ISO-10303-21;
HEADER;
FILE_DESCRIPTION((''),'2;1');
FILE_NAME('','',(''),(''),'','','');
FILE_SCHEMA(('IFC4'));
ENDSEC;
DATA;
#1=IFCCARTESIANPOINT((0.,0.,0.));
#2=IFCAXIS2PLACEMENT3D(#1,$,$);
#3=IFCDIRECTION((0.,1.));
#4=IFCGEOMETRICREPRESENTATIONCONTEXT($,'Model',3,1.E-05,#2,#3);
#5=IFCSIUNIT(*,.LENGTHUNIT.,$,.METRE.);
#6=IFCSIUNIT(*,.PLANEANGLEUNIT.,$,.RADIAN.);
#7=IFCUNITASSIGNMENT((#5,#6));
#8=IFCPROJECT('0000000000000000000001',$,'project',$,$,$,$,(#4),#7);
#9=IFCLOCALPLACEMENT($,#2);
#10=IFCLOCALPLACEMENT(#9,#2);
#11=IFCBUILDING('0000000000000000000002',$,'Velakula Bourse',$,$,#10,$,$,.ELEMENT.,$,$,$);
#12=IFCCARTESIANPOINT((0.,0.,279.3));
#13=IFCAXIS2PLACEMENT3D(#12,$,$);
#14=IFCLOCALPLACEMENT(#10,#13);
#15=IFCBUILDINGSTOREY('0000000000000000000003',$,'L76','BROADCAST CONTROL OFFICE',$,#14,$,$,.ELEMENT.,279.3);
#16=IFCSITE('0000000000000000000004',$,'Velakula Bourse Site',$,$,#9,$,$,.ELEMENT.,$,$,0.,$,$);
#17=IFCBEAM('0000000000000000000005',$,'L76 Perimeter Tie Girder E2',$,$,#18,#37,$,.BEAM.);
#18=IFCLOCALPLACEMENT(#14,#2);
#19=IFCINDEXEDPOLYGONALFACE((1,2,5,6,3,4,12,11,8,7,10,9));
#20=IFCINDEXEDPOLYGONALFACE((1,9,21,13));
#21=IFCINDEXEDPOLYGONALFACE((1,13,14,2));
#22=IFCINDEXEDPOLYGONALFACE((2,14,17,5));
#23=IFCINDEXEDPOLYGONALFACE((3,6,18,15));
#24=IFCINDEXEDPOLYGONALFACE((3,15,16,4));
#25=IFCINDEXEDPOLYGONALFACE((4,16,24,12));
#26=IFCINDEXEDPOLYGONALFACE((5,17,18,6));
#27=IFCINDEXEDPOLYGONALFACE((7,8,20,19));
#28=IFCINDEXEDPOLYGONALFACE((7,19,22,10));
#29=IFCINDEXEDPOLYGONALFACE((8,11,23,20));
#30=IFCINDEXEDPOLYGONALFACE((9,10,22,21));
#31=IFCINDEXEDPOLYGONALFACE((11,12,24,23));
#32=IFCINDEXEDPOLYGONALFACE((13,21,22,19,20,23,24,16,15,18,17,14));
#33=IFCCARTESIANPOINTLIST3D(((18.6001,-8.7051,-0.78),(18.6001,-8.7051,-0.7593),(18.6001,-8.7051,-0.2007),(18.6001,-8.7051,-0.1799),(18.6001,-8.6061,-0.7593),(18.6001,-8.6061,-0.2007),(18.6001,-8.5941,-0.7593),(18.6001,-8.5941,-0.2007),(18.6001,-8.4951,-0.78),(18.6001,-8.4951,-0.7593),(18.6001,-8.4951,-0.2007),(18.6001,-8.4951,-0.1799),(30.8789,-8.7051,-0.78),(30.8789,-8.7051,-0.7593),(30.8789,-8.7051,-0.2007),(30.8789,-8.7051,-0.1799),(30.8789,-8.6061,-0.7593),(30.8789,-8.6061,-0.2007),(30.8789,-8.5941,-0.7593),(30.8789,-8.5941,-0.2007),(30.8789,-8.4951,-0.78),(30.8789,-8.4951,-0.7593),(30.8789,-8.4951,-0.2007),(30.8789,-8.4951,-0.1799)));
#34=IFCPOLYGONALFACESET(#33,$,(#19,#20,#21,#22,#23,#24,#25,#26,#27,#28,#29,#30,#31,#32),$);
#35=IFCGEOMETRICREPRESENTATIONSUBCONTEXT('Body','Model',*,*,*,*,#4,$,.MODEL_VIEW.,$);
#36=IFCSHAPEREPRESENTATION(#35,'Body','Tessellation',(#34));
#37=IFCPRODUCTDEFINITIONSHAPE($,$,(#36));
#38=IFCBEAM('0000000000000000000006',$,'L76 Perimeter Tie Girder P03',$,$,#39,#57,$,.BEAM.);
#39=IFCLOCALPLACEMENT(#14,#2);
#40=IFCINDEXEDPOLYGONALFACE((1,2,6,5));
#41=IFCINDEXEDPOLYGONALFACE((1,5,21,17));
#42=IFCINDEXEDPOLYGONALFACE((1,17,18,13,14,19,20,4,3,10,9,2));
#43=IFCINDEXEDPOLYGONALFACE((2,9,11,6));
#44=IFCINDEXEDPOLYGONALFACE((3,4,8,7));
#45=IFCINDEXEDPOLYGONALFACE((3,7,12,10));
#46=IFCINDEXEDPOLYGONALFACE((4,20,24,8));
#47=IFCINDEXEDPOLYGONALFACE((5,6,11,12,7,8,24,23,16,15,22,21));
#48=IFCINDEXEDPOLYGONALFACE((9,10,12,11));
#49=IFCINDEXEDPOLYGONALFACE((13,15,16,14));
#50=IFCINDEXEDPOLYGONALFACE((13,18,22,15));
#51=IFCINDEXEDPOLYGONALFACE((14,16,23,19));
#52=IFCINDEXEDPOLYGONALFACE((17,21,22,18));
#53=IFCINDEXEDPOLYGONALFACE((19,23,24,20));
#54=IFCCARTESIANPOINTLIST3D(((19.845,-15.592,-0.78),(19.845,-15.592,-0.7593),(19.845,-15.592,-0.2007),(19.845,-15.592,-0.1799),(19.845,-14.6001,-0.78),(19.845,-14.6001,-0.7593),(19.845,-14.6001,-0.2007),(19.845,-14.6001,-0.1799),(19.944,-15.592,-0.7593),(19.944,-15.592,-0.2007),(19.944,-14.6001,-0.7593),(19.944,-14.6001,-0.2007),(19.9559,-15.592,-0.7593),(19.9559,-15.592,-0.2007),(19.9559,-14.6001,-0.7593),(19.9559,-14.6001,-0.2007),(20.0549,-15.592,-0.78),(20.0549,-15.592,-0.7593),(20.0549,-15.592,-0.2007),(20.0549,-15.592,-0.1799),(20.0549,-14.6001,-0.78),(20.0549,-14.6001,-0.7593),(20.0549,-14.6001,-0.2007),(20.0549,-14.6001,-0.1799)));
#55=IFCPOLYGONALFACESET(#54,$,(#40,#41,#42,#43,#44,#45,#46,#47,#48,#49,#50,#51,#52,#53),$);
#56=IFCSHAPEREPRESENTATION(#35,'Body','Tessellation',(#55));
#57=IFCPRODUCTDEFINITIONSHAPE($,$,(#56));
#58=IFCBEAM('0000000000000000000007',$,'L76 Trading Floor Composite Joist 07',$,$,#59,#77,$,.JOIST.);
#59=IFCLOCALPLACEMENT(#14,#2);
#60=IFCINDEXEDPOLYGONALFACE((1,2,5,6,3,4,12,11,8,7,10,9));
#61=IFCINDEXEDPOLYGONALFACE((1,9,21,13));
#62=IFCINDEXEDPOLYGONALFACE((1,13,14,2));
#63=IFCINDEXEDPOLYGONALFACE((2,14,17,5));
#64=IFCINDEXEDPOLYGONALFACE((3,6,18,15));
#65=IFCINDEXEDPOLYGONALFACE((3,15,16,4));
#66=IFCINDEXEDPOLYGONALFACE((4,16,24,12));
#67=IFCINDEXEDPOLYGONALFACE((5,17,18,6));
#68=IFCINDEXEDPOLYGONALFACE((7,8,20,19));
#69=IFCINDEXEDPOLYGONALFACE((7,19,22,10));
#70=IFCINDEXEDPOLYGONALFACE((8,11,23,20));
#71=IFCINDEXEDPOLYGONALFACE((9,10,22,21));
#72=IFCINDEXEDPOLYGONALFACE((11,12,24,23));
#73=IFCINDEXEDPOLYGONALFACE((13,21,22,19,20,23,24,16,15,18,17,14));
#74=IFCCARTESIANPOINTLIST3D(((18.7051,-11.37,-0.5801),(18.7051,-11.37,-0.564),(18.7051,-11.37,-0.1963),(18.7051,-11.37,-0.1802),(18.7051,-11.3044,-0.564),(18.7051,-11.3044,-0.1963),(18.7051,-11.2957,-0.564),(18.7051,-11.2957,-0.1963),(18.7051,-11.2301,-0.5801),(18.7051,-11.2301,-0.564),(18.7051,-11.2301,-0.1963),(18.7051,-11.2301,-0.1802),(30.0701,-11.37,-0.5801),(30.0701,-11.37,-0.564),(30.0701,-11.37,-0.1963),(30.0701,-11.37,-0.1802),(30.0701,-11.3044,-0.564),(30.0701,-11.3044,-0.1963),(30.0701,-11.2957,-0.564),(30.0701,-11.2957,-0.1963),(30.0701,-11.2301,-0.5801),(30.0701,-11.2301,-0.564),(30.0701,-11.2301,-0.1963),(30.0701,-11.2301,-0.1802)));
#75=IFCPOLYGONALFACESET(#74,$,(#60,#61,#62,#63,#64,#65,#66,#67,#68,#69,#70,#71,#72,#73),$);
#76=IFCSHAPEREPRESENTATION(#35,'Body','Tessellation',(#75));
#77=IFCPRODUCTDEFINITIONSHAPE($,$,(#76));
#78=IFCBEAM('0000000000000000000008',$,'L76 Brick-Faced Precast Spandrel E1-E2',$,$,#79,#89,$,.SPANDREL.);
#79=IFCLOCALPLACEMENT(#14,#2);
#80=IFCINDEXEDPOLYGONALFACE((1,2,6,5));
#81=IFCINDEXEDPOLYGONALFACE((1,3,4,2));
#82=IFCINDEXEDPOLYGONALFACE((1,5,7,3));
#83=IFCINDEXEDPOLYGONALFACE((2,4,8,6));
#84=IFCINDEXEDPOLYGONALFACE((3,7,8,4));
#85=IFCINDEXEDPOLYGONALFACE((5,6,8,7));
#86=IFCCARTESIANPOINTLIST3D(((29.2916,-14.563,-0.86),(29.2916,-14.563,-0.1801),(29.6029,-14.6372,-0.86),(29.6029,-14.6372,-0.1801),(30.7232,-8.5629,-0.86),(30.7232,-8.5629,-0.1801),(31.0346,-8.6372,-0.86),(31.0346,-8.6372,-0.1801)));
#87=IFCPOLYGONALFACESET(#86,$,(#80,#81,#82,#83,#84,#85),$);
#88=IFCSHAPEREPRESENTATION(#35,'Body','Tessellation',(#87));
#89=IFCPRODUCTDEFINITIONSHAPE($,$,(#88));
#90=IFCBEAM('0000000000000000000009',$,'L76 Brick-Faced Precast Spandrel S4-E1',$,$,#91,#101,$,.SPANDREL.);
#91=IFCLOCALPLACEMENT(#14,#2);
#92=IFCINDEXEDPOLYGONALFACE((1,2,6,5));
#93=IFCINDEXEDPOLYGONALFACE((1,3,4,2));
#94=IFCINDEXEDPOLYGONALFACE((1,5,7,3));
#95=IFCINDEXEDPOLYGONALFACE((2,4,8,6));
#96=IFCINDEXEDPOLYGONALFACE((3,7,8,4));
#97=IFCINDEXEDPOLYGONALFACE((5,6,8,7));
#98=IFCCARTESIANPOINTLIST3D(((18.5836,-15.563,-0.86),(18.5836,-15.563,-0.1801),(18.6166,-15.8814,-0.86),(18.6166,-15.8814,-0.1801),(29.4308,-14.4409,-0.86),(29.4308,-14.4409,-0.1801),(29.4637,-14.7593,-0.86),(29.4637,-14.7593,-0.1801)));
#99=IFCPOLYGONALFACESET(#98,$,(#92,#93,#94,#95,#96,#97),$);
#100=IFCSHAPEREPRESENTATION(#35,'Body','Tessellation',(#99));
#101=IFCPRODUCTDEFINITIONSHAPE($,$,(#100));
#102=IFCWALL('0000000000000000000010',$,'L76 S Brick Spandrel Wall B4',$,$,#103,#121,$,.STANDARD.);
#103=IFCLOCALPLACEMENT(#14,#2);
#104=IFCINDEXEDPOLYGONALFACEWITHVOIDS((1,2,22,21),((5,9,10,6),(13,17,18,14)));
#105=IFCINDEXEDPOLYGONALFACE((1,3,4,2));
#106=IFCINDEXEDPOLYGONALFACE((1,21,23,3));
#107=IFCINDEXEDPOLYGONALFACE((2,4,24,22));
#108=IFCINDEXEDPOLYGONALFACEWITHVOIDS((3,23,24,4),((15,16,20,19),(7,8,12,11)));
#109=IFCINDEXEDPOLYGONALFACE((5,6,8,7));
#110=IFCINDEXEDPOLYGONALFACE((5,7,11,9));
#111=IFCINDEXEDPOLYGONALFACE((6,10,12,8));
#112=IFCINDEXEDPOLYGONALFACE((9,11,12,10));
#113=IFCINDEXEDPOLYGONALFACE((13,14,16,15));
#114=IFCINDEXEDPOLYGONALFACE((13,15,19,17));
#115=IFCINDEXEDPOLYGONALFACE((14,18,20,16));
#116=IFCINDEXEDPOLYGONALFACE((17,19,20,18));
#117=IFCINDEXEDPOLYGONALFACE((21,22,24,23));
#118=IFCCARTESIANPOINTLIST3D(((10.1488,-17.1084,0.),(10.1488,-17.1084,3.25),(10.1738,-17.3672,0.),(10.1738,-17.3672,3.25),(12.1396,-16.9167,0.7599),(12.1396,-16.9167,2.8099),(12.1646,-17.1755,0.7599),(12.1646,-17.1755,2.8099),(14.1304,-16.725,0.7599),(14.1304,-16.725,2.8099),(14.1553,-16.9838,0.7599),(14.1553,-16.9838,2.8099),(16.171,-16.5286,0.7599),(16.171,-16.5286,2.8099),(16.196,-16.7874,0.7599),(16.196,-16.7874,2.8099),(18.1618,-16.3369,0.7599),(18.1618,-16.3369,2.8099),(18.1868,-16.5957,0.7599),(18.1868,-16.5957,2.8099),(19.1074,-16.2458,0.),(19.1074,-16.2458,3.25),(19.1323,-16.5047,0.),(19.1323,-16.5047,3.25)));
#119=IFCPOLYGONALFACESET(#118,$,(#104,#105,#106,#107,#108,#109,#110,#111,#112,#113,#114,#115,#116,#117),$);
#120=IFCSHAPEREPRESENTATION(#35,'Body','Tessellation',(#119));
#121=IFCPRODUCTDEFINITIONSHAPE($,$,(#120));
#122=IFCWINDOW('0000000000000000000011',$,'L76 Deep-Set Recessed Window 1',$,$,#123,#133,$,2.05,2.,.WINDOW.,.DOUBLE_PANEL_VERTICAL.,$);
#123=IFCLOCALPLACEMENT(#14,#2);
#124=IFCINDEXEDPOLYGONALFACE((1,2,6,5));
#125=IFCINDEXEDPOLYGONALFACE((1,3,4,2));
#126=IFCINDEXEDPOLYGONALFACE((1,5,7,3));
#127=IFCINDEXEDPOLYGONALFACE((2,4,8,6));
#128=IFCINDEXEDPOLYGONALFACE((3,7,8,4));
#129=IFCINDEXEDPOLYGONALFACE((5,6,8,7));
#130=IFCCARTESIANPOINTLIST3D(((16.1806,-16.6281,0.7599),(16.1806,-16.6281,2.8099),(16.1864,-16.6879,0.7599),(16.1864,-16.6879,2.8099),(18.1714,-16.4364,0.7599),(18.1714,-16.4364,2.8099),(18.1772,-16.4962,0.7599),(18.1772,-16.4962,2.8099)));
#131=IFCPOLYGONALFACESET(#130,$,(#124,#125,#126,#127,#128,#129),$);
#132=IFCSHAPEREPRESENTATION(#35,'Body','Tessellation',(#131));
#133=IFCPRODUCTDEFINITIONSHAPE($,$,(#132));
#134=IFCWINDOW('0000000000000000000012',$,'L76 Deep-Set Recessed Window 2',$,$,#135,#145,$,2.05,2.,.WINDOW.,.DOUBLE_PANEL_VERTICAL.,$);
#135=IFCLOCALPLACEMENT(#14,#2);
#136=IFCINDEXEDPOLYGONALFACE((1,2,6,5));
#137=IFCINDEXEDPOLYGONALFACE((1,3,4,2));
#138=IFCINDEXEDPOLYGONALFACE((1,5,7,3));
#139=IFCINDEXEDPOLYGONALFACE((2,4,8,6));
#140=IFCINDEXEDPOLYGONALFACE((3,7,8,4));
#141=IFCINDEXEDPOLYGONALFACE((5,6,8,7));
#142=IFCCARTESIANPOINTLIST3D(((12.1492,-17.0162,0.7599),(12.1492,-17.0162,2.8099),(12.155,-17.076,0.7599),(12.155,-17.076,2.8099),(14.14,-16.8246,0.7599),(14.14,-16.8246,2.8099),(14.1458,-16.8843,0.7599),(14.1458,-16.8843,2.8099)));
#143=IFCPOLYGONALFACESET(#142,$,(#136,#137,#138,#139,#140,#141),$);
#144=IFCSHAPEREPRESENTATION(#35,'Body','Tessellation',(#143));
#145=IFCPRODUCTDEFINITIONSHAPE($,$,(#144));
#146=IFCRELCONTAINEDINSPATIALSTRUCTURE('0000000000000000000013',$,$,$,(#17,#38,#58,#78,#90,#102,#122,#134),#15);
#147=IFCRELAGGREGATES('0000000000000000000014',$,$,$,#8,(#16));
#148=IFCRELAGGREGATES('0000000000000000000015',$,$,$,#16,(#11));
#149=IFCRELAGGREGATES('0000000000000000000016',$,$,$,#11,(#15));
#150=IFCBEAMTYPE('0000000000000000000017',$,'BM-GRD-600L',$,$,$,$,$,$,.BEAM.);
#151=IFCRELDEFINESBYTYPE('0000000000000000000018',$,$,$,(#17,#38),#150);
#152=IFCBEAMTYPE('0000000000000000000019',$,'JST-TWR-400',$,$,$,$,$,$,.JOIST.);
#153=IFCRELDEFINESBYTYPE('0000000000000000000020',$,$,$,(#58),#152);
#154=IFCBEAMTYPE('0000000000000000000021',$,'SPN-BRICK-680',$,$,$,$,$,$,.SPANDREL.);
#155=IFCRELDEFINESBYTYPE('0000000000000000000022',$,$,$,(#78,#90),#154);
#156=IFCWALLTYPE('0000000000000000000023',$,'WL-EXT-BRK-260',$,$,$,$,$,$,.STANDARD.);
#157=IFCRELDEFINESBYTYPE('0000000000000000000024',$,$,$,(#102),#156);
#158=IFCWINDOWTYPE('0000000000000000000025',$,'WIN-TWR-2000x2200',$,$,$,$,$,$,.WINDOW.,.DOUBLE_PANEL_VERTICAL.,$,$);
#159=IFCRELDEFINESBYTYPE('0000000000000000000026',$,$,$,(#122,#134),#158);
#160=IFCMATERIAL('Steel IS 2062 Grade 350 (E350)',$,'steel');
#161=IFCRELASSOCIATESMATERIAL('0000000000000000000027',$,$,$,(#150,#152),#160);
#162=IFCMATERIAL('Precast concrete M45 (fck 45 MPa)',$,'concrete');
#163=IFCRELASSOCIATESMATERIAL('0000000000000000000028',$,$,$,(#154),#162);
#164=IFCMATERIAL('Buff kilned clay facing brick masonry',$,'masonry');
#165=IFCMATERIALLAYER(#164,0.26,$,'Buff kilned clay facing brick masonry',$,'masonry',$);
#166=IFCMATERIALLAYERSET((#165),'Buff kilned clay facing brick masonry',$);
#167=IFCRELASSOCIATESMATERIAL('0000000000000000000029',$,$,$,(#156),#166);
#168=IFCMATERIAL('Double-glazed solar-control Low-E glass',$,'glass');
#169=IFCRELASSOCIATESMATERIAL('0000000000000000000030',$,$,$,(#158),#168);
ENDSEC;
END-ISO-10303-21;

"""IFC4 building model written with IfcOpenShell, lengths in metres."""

from ifc_helpers import new_model, si_unit, direction, frame, frame_2d, origin, origin_2d, place, context, subcontext, project, spatial, rectangle, i_section, extrude, material, layer, layer_set, material_profile, profile_set, type_object, element, fill, save


model = new_model("IFC4")

# Units and contexts
model_context = context("Model", 3, precision=1e-05, world=origin(), true_north=direction((0.0, 1.0)))
body_context = subcontext(model_context, "Body", "Model", "MODEL_VIEW")
ifc_project = project(units=[si_unit("LENGTHUNIT", "METRE"), si_unit("PLANEANGLEUNIT", "RADIAN")], contexts=[model_context])

# Site, building, storey
site_placement = place(None, origin())
site = spatial("IfcSite", under=ifc_project, at=site_placement, Name="Velakula Bourse Site", CompositionType="ELEMENT", RefElevation=0.0)
building_placement = place(site_placement, origin())
building = spatial("IfcBuilding", under=site, at=building_placement, Name="Velakula Bourse", CompositionType="ELEMENT")
storey_placement = place(building_placement, frame((0.0, 0.0, 279.3)))
storey = spatial("IfcBuildingStorey", under=building, at=storey_placement, Name="L76", Description="BROADCAST CONTROL OFFICE", CompositionType="ELEMENT", Elevation=279.3)

# Shared definitions
ifc_material_1 = material(Name="Steel IS 2062 Grade 350 (E350)", Category="steel")

# Beams
ifc_material_profile_1 = material_profile(ifc_material_1, i_section(OverallWidth=0.21, OverallDepth=0.6001, WebThickness=0.012, FlangeThickness=0.0208, at=origin_2d()), Name="Steel IS 2062 Grade 350 (E350)")
ifc_profile_set_1 = profile_set([ifc_material_profile_1], Name="Steel IS 2062 Grade 350 (E350)")
beam_type_1 = type_object("IfcBeamType", Name="BM-GRD-600L", PredefinedType="BEAM", material=ifc_profile_set_1)
beam_1_placement = place(storey_placement, frame((18.6001, -8.6001, -0.48), z_axis=(1.0, 0.0, 0.0), x_axis=(0.0, 1.0, 0.0)))
element("IfcBeam", 1, at=beam_1_placement, inside=storey, type_object=beam_type_1, Name="L76 Perimeter Tie Girder E2", PredefinedType="BEAM", context=body_context, shape_type="SweptSolid", body=[
    extrude(i_section(OverallWidth=0.21, OverallDepth=0.6001, WebThickness=0.012, FlangeThickness=0.0208, at=origin_2d()), origin(), (0.0, 0.0, 1.0), 12.2788),
])
beam_2_placement = place(storey_placement, frame((19.95, -14.6001, -0.48), z_axis=(0.0, -1.0, 0.0), x_axis=(1.0, 0.0, 0.0)))
element("IfcBeam", 2, at=beam_2_placement, inside=storey, type_object=beam_type_1, Name="L76 Perimeter Tie Girder P03", PredefinedType="BEAM", context=body_context, shape_type="SweptSolid", body=[
    extrude(i_section(OverallWidth=0.21, OverallDepth=0.6001, WebThickness=0.012, FlangeThickness=0.0208, at=origin_2d()), origin(), (0.0, 0.0, 1.0), 0.9919),
])
ifc_material_profile_2 = material_profile(ifc_material_1, i_section(OverallWidth=0.1399, OverallDepth=0.3999, WebThickness=0.0088, FlangeThickness=0.0161, at=origin_2d()), Name="Steel IS 2062 Grade 350 (E350)")
ifc_profile_set_2 = profile_set([ifc_material_profile_2], Name="Steel IS 2062 Grade 350 (E350)")
beam_type_2 = type_object("IfcBeamType", Name="JST-TWR-400", PredefinedType="JOIST", material=ifc_profile_set_2)
beam_3_placement = place(storey_placement, frame((18.7051, -11.3, -0.3801), z_axis=(1.0, 0.0, 0.0), x_axis=(0.0, 1.0, 0.0)))
element("IfcBeam", 3, at=beam_3_placement, inside=storey, type_object=beam_type_2, Name="L76 Trading Floor Composite Joist 07", PredefinedType="JOIST", context=body_context, shape_type="SweptSolid", body=[
    extrude(i_section(OverallWidth=0.1399, OverallDepth=0.3999, WebThickness=0.0088, FlangeThickness=0.0161, at=origin_2d()), origin(), (0.0, 0.0, 1.0), 11.365),
])
ifc_material_2 = material(Name="Precast concrete M45 (fck 45 MPa)", Category="concrete")
ifc_material_profile_3 = material_profile(ifc_material_2, rectangle(XDim=0.3201, YDim=0.6799, at=origin_2d()), Name="Precast concrete M45 (fck 45 MPa)")
ifc_profile_set_3 = profile_set([ifc_material_profile_3], Name="Precast concrete M45 (fck 45 MPa)")
beam_type_3 = type_object("IfcBeamType", Name="SPN-BRICK-680", PredefinedType="SPANDREL", material=ifc_profile_set_3)
beam_4_placement = place(storey_placement, frame((29.4473, -14.6001, -0.52), z_axis=(0.232091, 0.972694, 0.0), x_axis=(-0.972694, 0.232091, 0.0)))
element("IfcBeam", 4, at=beam_4_placement, inside=storey, type_object=beam_type_3, Name="L76 Brick-Faced Precast Spandrel E1-E2", PredefinedType="SPANDREL", context=body_context, shape_type="SweptSolid", body=[
    extrude(rectangle(XDim=0.3201, YDim=0.6799, at=origin_2d()), origin(), (0.0, 0.0, 1.0), 6.1685),
])
beam_5_placement = place(storey_placement, frame((18.6001, -15.7222, -0.52), z_axis=(0.994692, 0.102895, 0.0), x_axis=(-0.102895, 0.994692, 0.0)))
element("IfcBeam", 5, at=beam_5_placement, inside=storey, type_object=beam_type_3, Name="L76 Brick-Faced Precast Spandrel S4-E1", PredefinedType="SPANDREL", context=body_context, shape_type="SweptSolid", body=[
    extrude(rectangle(XDim=0.3201, YDim=0.6799, at=origin_2d()), origin(), (0.0, 0.0, 1.0), 10.905),
])

# Wall, openings, windows
ifc_material_3 = material(Name="Buff kilned clay facing brick masonry", Category="masonry")
ifc_layer_1 = layer(ifc_material_3, 0.26, Name="Buff kilned clay facing brick masonry", Category="masonry")
ifc_layer_set_1 = layer_set([ifc_layer_1], Name="Buff kilned clay facing brick masonry")
wall_type_1 = type_object("IfcWallType", Name="WL-EXT-BRK-260", PredefinedType="STANDARD", material=ifc_layer_set_1)
wall_1_placement = place(storey_placement, frame((19.1199, -16.3752, 0.0), z_axis=(0.0, 0.0, 1.0), x_axis=(-0.995397, -0.09584, 0.0)))
wall_1 = element("IfcWall", 6, at=wall_1_placement, inside=storey, type_object=wall_type_1, Name="L76 S Brick Spandrel Wall B4", PredefinedType="STANDARD", context=body_context, shape_type="SweptSolid", body=[
    extrude(rectangle(XDim=9.0, YDim=0.26, at=frame_2d((4.5, 0.0))), origin(), (0.0, 0.0, 1.0), 3.25),
])
opening_1_placement = place(wall_1_placement, frame((0.95, 0.0, 0.76)))
opening_1 = element("IfcOpeningElement", 7, at=opening_1_placement, cuts=wall_1, PredefinedType="OPENING", context=body_context, shape_type="SweptSolid", body=[
    extrude(rectangle(XDim=2.0, YDim=2.05, at=frame_2d((1.0, 1.0249))), frame((0.0, 0.1399, 0.0), z_axis=(0.0, -1.0, 0.0), x_axis=(1.0, 0.0, 0.0)), (0.0, 0.0, 1.0), 0.28),
])
opening_2_placement = place(wall_1_placement, frame((5.0, 0.0, 0.76)))
opening_2 = element("IfcOpeningElement", 8, at=opening_2_placement, cuts=wall_1, PredefinedType="OPENING", context=body_context, shape_type="SweptSolid", body=[
    extrude(rectangle(XDim=2.0, YDim=2.05, at=frame_2d((1.0, 1.0249))), frame((0.0, 0.1399, 0.0), z_axis=(0.0, -1.0, 0.0), x_axis=(1.0, 0.0, 0.0)), (0.0, 0.0, 1.0), 0.28),
])
ifc_material_4 = material(Name="Double-glazed solar-control Low-E glass", Category="glass")
window_type = type_object("IfcWindowType", Name="WIN-TWR-2000x2200", PartitioningType="DOUBLE_PANEL_VERTICAL", PredefinedType="WINDOW", material=ifc_material_4)
window_1_placement = place(opening_1_placement, origin())
window_1 = element("IfcWindow", 9, at=window_1_placement, inside=storey, type_object=window_type, Name="L76 Deep-Set Recessed Window 1", OverallHeight=2.05, OverallWidth=2.0, PartitioningType="DOUBLE_PANEL_VERTICAL", PredefinedType="WINDOW", context=body_context, shape_type="SweptSolid", body=[
    extrude(rectangle(XDim=2.0, YDim=2.05, at=frame_2d((1.0, 1.0249))), frame((0.0, 0.03, 0.0), z_axis=(0.0, -1.0, 0.0), x_axis=(1.0, 0.0, 0.0)), (0.0, 0.0, 1.0), 0.0601),
])
fill(opening_1, window_1)
window_2_placement = place(opening_2_placement, origin())
window_2 = element("IfcWindow", 10, at=window_2_placement, inside=storey, type_object=window_type, Name="L76 Deep-Set Recessed Window 2", OverallHeight=2.05, OverallWidth=2.0, PartitioningType="DOUBLE_PANEL_VERTICAL", PredefinedType="WINDOW", context=body_context, shape_type="SweptSolid", body=[
    extrude(rectangle(XDim=2.0, YDim=2.05, at=frame_2d((1.0, 1.0249))), frame((0.0, 0.03, 0.0), z_axis=(0.0, -1.0, 0.0), x_axis=(1.0, 0.0, 0.0)), (0.0, 0.0, 1.0), 0.0601),
])
fill(opening_2, window_2)

save(model, "model.ifc")
